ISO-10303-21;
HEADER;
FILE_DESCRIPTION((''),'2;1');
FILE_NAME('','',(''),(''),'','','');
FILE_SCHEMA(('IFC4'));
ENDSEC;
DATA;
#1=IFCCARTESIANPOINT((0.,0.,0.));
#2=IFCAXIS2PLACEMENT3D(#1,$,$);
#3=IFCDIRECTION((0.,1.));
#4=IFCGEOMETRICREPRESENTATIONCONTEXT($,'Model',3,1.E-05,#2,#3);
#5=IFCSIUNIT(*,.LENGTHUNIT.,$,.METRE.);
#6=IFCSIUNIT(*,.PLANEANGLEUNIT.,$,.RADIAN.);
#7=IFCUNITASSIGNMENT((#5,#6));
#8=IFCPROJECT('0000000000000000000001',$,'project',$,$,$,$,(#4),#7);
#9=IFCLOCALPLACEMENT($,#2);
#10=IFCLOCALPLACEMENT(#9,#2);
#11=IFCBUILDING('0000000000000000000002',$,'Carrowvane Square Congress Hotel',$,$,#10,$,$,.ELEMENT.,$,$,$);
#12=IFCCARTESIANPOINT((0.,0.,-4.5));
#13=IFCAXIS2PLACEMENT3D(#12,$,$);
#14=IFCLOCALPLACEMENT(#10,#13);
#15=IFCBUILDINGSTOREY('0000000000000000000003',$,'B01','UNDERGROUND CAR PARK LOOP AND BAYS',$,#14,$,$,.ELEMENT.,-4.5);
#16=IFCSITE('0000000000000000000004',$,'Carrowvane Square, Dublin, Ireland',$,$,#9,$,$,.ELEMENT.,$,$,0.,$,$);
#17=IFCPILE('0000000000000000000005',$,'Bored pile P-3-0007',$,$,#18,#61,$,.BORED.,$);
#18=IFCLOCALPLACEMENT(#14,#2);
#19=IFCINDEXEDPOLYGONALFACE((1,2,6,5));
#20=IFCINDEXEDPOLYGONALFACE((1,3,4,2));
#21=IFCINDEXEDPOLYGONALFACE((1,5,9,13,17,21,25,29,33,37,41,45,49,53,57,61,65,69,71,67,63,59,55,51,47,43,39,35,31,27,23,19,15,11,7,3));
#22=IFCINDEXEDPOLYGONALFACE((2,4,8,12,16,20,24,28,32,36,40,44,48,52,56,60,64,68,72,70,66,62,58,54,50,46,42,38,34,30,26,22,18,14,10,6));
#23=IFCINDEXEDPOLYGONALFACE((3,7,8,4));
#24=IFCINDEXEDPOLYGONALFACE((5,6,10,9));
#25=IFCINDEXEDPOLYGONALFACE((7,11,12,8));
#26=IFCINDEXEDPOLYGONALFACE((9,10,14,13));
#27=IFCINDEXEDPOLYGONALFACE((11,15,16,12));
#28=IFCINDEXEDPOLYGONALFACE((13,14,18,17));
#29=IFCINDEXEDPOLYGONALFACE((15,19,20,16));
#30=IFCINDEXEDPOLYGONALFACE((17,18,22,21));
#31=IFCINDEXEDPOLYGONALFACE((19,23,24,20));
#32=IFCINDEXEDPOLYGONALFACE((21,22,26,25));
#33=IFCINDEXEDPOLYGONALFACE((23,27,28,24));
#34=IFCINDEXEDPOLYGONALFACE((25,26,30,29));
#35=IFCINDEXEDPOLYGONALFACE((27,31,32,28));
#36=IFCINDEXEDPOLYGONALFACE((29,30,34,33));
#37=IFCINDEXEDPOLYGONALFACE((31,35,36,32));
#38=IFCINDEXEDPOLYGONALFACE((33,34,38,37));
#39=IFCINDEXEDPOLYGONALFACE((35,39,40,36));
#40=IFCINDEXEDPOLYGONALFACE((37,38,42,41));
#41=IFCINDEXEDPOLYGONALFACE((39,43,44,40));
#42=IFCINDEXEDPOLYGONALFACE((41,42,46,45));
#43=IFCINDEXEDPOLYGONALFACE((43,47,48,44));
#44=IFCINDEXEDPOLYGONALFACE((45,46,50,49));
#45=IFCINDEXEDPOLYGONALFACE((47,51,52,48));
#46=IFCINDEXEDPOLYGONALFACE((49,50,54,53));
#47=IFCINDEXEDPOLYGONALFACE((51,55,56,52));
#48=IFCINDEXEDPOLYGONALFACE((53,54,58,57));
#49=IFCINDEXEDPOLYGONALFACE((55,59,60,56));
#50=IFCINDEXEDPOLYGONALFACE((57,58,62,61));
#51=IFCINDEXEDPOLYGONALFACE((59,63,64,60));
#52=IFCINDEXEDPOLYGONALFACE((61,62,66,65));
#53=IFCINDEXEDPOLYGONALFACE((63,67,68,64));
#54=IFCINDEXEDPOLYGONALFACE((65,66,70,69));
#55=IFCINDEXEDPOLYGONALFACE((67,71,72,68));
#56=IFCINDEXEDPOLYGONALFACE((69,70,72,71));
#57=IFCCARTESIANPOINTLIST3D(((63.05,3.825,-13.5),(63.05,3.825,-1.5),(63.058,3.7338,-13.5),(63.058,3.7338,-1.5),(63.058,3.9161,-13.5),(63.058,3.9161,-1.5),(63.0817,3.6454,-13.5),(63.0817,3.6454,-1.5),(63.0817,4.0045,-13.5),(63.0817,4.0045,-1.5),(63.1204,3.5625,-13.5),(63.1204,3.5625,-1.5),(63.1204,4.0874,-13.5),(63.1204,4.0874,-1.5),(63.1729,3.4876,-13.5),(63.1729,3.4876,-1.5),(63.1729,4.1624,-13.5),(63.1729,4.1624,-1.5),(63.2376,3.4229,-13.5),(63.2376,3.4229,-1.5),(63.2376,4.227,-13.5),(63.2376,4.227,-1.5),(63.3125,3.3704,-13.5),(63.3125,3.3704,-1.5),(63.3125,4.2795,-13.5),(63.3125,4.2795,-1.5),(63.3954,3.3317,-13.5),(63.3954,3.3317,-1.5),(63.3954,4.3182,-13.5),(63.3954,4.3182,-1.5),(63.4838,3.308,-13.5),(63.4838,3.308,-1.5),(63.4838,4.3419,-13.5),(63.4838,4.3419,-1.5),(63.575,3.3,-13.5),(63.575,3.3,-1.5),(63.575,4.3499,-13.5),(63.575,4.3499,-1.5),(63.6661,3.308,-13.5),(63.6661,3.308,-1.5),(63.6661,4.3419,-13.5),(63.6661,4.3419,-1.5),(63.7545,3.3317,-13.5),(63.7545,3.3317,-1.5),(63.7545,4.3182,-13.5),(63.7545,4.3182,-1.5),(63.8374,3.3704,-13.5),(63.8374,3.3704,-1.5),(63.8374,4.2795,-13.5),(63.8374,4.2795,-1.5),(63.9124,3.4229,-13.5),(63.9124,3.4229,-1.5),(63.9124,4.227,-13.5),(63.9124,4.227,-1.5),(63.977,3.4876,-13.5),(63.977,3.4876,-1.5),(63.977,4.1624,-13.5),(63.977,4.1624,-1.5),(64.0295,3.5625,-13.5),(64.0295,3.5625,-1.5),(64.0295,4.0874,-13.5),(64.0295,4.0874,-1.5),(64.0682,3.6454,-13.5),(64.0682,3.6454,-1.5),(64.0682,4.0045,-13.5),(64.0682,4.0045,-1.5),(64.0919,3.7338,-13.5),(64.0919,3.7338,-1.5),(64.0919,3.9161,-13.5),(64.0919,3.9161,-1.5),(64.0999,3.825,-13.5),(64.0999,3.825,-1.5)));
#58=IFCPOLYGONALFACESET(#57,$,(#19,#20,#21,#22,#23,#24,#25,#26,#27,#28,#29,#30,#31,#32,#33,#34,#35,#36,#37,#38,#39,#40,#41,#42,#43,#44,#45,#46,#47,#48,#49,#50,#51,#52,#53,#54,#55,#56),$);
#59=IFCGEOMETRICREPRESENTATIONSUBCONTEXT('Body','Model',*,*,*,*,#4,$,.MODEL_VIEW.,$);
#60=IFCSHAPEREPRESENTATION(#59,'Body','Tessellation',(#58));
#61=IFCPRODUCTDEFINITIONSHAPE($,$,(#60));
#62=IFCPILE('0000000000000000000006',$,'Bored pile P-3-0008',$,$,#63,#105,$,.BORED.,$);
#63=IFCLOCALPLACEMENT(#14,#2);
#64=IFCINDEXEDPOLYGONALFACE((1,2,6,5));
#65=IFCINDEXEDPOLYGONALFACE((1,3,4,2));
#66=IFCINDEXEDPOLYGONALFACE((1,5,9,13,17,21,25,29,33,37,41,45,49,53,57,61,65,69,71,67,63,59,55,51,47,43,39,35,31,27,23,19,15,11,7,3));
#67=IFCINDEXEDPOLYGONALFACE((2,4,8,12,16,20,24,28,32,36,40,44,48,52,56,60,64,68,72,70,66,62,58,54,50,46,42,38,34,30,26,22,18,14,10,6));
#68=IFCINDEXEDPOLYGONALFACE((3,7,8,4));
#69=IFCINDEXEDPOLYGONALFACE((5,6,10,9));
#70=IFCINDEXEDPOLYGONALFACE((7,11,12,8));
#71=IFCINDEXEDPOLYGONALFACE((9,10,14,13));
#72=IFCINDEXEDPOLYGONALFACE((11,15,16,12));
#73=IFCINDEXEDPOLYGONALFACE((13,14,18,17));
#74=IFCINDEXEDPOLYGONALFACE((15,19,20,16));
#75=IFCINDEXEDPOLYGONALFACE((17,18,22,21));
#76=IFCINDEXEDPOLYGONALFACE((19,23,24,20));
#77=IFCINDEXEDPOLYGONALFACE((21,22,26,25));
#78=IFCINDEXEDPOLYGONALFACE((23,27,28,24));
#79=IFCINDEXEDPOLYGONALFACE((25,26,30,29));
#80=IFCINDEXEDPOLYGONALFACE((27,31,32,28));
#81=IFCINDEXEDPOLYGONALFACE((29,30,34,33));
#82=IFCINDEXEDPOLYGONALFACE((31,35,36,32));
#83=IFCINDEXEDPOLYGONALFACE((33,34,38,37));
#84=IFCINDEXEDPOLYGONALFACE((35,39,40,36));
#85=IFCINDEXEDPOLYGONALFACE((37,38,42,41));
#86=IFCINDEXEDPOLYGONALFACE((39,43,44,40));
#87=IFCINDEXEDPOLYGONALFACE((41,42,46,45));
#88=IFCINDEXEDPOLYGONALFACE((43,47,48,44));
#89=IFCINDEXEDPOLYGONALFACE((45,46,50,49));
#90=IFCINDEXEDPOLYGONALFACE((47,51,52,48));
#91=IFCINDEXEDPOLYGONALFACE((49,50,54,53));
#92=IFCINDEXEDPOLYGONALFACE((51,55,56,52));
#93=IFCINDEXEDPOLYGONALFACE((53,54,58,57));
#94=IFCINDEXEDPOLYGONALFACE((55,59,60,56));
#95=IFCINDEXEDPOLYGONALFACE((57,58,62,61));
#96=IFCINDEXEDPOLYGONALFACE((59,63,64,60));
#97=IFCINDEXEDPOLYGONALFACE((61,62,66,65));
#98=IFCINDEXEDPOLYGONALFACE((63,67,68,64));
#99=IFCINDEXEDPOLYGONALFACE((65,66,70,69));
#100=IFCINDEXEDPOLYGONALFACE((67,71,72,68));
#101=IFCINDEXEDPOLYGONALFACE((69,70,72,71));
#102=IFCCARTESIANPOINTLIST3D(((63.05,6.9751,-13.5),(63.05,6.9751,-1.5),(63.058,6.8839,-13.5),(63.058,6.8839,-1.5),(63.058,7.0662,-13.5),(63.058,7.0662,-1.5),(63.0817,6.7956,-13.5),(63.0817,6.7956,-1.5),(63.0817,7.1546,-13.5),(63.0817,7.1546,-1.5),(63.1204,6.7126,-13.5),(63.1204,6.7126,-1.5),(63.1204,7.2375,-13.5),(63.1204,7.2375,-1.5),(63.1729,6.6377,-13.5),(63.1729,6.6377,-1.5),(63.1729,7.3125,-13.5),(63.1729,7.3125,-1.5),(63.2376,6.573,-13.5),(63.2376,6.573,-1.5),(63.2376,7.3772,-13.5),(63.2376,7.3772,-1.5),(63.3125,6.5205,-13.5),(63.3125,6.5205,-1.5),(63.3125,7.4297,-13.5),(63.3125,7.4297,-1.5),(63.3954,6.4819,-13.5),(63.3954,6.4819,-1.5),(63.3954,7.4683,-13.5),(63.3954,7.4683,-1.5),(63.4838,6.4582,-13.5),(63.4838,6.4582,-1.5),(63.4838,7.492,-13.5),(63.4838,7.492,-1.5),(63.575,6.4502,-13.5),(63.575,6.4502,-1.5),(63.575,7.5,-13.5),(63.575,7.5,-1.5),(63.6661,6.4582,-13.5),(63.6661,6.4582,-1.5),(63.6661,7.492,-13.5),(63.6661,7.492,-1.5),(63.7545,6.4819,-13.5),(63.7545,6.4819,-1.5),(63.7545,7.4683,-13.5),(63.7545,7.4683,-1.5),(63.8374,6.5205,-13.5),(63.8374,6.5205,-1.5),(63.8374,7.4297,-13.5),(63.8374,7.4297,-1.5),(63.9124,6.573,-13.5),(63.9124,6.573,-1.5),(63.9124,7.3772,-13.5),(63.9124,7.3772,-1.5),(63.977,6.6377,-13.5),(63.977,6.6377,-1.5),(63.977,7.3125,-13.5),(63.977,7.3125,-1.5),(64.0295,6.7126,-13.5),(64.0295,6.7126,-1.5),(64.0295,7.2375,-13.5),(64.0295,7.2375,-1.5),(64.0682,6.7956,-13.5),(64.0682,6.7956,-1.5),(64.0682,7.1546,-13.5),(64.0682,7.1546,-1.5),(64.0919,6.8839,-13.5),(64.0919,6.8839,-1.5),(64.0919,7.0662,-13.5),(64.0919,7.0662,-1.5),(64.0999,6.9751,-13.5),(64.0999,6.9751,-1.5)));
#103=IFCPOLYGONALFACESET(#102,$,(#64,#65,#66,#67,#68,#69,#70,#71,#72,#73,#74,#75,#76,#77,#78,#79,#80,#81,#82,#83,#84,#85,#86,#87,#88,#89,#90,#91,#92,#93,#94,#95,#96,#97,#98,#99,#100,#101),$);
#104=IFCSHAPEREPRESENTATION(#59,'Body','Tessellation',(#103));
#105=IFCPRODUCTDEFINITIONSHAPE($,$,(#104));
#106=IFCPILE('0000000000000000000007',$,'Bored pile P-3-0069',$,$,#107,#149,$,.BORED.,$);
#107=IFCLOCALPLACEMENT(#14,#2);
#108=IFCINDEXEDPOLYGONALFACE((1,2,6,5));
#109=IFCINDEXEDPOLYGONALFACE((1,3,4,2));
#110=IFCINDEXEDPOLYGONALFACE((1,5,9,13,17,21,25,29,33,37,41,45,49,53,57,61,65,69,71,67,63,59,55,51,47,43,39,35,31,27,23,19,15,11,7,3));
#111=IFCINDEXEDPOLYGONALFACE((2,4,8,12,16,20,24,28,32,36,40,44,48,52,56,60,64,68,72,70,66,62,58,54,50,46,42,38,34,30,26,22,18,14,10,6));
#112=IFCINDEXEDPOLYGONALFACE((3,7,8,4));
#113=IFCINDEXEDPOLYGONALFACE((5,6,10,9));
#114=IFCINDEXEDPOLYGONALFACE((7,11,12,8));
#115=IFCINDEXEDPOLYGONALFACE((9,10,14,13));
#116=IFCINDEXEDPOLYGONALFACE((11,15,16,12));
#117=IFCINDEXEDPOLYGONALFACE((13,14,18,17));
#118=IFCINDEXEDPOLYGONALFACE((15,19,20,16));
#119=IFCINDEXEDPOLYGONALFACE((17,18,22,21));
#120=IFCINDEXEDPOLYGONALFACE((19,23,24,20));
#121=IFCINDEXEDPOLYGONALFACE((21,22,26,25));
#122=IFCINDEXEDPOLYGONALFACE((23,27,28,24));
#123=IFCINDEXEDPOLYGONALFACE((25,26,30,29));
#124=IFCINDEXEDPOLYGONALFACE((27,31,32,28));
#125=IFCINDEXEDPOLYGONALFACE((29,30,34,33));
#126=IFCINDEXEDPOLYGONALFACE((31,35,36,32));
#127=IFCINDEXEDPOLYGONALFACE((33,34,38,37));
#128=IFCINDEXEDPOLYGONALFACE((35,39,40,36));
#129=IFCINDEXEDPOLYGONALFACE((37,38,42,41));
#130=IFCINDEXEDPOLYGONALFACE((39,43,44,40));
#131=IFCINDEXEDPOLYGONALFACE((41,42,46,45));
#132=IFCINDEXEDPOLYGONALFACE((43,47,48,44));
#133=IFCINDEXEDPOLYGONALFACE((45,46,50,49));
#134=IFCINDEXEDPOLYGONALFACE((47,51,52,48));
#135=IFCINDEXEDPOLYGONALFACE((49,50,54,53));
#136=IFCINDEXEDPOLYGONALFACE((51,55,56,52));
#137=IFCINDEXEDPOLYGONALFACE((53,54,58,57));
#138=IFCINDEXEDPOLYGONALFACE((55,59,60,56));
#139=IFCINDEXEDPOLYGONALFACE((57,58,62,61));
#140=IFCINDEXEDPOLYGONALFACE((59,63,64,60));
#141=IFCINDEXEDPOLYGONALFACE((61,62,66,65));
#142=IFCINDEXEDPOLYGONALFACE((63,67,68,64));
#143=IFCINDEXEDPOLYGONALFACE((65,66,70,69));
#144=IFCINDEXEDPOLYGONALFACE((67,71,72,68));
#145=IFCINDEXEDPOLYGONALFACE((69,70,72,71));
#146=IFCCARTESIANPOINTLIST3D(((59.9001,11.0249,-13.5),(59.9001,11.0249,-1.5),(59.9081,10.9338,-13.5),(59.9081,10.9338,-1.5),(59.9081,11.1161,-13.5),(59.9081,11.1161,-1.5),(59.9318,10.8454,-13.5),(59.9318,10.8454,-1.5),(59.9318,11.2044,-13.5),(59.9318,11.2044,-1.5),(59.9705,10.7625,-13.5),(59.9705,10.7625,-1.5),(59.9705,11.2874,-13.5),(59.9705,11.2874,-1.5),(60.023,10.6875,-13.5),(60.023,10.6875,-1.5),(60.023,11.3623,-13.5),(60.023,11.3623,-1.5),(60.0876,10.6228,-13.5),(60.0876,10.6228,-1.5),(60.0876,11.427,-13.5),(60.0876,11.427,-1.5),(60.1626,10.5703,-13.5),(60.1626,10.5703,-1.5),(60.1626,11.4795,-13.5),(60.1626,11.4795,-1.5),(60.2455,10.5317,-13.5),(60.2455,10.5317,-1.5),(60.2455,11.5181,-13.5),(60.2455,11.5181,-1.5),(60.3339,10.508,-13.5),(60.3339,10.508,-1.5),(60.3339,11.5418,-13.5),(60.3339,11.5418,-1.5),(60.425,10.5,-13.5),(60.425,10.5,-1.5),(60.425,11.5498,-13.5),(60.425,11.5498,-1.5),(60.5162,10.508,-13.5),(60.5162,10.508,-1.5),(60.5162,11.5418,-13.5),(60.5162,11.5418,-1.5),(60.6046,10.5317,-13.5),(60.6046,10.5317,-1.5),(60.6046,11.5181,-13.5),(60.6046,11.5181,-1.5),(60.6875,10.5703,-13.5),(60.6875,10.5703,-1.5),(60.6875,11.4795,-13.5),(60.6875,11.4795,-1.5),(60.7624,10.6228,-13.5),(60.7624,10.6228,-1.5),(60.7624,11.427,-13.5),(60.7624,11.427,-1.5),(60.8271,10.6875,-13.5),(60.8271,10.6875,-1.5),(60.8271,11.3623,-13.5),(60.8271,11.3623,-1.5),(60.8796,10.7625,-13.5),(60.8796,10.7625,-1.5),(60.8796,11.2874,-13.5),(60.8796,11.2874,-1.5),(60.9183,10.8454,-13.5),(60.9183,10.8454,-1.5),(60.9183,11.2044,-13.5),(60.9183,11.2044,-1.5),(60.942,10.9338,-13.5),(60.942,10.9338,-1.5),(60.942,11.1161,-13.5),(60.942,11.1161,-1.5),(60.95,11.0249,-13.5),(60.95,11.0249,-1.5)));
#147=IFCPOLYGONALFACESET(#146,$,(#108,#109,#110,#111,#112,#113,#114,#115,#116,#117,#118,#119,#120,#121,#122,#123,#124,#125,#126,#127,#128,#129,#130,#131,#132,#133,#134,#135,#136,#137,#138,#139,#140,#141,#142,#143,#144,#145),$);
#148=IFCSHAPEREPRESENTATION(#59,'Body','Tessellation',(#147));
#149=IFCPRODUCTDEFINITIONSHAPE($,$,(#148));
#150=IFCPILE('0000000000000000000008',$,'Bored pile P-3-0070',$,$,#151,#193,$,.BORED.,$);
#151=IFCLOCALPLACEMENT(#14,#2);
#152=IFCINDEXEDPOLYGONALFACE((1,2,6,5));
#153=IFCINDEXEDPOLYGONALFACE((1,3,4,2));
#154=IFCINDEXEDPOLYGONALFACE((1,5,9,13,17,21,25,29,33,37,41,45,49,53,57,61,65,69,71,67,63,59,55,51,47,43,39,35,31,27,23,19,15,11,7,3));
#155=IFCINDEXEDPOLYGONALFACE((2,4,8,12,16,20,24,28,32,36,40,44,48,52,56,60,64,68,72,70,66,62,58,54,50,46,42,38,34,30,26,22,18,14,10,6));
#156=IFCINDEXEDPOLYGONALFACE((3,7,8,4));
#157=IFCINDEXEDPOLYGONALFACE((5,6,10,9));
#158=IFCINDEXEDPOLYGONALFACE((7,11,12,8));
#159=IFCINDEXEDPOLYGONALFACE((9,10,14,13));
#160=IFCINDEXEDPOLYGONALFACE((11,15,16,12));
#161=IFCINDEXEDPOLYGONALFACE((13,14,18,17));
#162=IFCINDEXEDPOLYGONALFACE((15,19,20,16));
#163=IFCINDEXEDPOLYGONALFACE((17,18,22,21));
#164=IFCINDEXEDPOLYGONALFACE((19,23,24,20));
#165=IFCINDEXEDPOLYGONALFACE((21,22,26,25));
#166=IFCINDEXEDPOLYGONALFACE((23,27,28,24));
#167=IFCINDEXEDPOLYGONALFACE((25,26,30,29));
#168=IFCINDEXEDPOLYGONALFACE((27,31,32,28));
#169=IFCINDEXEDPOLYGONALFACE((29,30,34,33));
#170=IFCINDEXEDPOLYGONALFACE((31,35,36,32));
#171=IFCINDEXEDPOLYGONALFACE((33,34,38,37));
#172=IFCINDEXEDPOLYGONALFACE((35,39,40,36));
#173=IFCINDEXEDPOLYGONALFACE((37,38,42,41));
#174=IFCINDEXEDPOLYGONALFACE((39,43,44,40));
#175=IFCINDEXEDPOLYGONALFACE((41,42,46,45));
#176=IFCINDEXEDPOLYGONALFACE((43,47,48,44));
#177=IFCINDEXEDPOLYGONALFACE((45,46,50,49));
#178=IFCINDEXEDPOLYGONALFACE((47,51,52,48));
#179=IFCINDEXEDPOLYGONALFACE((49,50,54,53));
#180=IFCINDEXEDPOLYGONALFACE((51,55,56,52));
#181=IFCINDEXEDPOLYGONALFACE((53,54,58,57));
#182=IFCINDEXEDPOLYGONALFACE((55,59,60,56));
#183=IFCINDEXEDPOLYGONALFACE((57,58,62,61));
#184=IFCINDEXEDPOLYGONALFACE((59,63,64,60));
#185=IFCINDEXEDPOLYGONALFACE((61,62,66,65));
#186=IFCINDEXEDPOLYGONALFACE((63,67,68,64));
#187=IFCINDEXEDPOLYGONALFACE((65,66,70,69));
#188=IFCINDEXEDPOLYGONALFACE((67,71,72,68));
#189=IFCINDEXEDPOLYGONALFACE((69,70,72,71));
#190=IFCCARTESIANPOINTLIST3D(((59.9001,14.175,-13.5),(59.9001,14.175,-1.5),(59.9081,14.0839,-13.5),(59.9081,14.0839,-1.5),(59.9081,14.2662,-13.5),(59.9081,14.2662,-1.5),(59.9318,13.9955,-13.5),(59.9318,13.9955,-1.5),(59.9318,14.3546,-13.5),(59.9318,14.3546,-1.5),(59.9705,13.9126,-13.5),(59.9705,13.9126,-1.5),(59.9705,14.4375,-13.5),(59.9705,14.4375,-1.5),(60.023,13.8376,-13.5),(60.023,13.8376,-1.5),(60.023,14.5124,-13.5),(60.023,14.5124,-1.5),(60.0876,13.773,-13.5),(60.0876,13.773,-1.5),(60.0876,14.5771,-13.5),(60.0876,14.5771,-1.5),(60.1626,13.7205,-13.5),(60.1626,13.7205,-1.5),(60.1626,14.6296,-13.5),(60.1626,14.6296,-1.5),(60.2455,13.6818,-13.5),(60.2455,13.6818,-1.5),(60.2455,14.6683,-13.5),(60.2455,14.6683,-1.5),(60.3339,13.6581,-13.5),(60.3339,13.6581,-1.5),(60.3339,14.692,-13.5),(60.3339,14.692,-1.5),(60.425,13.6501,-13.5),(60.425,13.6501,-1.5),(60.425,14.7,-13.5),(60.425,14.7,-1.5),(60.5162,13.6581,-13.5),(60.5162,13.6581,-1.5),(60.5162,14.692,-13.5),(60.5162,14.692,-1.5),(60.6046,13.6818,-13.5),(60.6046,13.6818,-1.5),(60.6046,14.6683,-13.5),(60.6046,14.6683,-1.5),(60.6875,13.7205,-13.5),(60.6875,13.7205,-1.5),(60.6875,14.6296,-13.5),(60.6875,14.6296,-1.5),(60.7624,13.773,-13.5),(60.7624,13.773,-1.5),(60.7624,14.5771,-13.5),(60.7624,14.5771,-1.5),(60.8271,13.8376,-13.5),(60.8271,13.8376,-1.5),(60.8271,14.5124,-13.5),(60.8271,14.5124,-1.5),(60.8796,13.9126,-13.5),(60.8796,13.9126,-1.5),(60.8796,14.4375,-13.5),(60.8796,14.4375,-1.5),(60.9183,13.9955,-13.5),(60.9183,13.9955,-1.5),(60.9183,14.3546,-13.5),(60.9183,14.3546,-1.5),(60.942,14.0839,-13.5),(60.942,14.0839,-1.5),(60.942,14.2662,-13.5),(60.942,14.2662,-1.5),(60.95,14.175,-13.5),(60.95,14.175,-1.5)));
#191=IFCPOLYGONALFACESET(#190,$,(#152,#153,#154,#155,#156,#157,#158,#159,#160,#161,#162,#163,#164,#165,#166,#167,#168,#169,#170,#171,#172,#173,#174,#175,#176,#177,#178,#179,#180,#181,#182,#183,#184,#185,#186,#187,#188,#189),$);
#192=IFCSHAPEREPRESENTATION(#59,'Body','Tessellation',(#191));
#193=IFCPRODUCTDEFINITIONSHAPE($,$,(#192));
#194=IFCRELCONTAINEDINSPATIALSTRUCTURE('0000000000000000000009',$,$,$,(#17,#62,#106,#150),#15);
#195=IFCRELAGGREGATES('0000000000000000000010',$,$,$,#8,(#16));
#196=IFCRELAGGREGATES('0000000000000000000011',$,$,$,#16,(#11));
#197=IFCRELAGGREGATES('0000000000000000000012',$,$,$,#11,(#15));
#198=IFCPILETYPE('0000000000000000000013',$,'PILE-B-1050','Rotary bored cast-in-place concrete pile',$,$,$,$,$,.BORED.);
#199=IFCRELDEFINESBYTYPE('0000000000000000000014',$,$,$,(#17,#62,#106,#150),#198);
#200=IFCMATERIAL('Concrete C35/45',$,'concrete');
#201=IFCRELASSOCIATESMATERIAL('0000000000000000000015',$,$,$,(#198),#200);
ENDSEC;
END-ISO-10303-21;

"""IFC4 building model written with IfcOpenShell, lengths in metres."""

from ifc_helpers import new_model, si_unit, direction, frame, origin, origin_2d, place, context, subcontext, project, spatial, circle, extrude, material, material_profile, profile_set, type_object, element, save


model = new_model("IFC4")

# Units and contexts
model_context = context("Model", 3, precision=1e-05, world=origin(), true_north=direction((0.0, 1.0)))
body_context = subcontext(model_context, "Body", "Model", "MODEL_VIEW")
ifc_project = project(units=[si_unit("LENGTHUNIT", "METRE"), si_unit("PLANEANGLEUNIT", "RADIAN")], contexts=[model_context])

# Site, building, storey
site_placement = place(None, origin())
site = spatial("IfcSite", under=ifc_project, at=site_placement, Name="Carrowvane Square, Dublin, Ireland", CompositionType="ELEMENT", RefElevation=0.0)
building_placement = place(site_placement, origin())
building = spatial("IfcBuilding", under=site, at=building_placement, Name="Carrowvane Square Congress Hotel", CompositionType="ELEMENT")
storey_placement = place(building_placement, frame((0.0, 0.0, -4.5)))
storey = spatial("IfcBuildingStorey", under=building, at=storey_placement, Name="B01", Description="UNDERGROUND CAR PARK LOOP AND BAYS", CompositionType="ELEMENT", Elevation=-4.5)

# Piles
ifc_material_1 = material(Name="Concrete C35/45", Category="concrete")
ifc_material_profile_1 = material_profile(ifc_material_1, circle(Radius=0.5249, at=origin_2d()), Name="PILE D1050")
ifc_profile_set_1 = profile_set([ifc_material_profile_1], Name="Concrete C35/45")
pile_type_1 = type_object("IfcPileType", Name="PILE-B-1050", Description="Rotary bored cast-in-place concrete pile", PredefinedType="BORED", material=ifc_profile_set_1)
for number, where, z_axis, x_axis, name in (
    (1, (63.575, 3.825, -1.5), (0.0, 0.0, -1.0), (1.0, 0.0, 0.0), "Bored pile P-3-0007"),
    (2, (63.575, 6.9751, -1.5), (0.0, 0.0, -1.0), (1.0, 0.0, 0.0), "Bored pile P-3-0008"),
    (3, (60.425, 11.0249, -1.5), (0.0, 0.0, -1.0), (1.0, 0.0, 0.0), "Bored pile P-3-0069"),
    (4, (60.425, 14.175, -1.5), (0.0, 0.0, -1.0), (1.0, 0.0, 0.0), "Bored pile P-3-0070"),
):
    element("IfcPile", number, at=place(storey_placement, frame(where, z_axis=z_axis, x_axis=x_axis)), inside=storey, type_object=pile_type_1, Name=name, PredefinedType="BORED", context=body_context, shape_type="SweptSolid", body=[
        extrude(circle(Radius=0.5249, at=origin_2d()), origin(), (0.0, 0.0, 1.0), 12.0),
    ])

save(model, "model.ifc")
